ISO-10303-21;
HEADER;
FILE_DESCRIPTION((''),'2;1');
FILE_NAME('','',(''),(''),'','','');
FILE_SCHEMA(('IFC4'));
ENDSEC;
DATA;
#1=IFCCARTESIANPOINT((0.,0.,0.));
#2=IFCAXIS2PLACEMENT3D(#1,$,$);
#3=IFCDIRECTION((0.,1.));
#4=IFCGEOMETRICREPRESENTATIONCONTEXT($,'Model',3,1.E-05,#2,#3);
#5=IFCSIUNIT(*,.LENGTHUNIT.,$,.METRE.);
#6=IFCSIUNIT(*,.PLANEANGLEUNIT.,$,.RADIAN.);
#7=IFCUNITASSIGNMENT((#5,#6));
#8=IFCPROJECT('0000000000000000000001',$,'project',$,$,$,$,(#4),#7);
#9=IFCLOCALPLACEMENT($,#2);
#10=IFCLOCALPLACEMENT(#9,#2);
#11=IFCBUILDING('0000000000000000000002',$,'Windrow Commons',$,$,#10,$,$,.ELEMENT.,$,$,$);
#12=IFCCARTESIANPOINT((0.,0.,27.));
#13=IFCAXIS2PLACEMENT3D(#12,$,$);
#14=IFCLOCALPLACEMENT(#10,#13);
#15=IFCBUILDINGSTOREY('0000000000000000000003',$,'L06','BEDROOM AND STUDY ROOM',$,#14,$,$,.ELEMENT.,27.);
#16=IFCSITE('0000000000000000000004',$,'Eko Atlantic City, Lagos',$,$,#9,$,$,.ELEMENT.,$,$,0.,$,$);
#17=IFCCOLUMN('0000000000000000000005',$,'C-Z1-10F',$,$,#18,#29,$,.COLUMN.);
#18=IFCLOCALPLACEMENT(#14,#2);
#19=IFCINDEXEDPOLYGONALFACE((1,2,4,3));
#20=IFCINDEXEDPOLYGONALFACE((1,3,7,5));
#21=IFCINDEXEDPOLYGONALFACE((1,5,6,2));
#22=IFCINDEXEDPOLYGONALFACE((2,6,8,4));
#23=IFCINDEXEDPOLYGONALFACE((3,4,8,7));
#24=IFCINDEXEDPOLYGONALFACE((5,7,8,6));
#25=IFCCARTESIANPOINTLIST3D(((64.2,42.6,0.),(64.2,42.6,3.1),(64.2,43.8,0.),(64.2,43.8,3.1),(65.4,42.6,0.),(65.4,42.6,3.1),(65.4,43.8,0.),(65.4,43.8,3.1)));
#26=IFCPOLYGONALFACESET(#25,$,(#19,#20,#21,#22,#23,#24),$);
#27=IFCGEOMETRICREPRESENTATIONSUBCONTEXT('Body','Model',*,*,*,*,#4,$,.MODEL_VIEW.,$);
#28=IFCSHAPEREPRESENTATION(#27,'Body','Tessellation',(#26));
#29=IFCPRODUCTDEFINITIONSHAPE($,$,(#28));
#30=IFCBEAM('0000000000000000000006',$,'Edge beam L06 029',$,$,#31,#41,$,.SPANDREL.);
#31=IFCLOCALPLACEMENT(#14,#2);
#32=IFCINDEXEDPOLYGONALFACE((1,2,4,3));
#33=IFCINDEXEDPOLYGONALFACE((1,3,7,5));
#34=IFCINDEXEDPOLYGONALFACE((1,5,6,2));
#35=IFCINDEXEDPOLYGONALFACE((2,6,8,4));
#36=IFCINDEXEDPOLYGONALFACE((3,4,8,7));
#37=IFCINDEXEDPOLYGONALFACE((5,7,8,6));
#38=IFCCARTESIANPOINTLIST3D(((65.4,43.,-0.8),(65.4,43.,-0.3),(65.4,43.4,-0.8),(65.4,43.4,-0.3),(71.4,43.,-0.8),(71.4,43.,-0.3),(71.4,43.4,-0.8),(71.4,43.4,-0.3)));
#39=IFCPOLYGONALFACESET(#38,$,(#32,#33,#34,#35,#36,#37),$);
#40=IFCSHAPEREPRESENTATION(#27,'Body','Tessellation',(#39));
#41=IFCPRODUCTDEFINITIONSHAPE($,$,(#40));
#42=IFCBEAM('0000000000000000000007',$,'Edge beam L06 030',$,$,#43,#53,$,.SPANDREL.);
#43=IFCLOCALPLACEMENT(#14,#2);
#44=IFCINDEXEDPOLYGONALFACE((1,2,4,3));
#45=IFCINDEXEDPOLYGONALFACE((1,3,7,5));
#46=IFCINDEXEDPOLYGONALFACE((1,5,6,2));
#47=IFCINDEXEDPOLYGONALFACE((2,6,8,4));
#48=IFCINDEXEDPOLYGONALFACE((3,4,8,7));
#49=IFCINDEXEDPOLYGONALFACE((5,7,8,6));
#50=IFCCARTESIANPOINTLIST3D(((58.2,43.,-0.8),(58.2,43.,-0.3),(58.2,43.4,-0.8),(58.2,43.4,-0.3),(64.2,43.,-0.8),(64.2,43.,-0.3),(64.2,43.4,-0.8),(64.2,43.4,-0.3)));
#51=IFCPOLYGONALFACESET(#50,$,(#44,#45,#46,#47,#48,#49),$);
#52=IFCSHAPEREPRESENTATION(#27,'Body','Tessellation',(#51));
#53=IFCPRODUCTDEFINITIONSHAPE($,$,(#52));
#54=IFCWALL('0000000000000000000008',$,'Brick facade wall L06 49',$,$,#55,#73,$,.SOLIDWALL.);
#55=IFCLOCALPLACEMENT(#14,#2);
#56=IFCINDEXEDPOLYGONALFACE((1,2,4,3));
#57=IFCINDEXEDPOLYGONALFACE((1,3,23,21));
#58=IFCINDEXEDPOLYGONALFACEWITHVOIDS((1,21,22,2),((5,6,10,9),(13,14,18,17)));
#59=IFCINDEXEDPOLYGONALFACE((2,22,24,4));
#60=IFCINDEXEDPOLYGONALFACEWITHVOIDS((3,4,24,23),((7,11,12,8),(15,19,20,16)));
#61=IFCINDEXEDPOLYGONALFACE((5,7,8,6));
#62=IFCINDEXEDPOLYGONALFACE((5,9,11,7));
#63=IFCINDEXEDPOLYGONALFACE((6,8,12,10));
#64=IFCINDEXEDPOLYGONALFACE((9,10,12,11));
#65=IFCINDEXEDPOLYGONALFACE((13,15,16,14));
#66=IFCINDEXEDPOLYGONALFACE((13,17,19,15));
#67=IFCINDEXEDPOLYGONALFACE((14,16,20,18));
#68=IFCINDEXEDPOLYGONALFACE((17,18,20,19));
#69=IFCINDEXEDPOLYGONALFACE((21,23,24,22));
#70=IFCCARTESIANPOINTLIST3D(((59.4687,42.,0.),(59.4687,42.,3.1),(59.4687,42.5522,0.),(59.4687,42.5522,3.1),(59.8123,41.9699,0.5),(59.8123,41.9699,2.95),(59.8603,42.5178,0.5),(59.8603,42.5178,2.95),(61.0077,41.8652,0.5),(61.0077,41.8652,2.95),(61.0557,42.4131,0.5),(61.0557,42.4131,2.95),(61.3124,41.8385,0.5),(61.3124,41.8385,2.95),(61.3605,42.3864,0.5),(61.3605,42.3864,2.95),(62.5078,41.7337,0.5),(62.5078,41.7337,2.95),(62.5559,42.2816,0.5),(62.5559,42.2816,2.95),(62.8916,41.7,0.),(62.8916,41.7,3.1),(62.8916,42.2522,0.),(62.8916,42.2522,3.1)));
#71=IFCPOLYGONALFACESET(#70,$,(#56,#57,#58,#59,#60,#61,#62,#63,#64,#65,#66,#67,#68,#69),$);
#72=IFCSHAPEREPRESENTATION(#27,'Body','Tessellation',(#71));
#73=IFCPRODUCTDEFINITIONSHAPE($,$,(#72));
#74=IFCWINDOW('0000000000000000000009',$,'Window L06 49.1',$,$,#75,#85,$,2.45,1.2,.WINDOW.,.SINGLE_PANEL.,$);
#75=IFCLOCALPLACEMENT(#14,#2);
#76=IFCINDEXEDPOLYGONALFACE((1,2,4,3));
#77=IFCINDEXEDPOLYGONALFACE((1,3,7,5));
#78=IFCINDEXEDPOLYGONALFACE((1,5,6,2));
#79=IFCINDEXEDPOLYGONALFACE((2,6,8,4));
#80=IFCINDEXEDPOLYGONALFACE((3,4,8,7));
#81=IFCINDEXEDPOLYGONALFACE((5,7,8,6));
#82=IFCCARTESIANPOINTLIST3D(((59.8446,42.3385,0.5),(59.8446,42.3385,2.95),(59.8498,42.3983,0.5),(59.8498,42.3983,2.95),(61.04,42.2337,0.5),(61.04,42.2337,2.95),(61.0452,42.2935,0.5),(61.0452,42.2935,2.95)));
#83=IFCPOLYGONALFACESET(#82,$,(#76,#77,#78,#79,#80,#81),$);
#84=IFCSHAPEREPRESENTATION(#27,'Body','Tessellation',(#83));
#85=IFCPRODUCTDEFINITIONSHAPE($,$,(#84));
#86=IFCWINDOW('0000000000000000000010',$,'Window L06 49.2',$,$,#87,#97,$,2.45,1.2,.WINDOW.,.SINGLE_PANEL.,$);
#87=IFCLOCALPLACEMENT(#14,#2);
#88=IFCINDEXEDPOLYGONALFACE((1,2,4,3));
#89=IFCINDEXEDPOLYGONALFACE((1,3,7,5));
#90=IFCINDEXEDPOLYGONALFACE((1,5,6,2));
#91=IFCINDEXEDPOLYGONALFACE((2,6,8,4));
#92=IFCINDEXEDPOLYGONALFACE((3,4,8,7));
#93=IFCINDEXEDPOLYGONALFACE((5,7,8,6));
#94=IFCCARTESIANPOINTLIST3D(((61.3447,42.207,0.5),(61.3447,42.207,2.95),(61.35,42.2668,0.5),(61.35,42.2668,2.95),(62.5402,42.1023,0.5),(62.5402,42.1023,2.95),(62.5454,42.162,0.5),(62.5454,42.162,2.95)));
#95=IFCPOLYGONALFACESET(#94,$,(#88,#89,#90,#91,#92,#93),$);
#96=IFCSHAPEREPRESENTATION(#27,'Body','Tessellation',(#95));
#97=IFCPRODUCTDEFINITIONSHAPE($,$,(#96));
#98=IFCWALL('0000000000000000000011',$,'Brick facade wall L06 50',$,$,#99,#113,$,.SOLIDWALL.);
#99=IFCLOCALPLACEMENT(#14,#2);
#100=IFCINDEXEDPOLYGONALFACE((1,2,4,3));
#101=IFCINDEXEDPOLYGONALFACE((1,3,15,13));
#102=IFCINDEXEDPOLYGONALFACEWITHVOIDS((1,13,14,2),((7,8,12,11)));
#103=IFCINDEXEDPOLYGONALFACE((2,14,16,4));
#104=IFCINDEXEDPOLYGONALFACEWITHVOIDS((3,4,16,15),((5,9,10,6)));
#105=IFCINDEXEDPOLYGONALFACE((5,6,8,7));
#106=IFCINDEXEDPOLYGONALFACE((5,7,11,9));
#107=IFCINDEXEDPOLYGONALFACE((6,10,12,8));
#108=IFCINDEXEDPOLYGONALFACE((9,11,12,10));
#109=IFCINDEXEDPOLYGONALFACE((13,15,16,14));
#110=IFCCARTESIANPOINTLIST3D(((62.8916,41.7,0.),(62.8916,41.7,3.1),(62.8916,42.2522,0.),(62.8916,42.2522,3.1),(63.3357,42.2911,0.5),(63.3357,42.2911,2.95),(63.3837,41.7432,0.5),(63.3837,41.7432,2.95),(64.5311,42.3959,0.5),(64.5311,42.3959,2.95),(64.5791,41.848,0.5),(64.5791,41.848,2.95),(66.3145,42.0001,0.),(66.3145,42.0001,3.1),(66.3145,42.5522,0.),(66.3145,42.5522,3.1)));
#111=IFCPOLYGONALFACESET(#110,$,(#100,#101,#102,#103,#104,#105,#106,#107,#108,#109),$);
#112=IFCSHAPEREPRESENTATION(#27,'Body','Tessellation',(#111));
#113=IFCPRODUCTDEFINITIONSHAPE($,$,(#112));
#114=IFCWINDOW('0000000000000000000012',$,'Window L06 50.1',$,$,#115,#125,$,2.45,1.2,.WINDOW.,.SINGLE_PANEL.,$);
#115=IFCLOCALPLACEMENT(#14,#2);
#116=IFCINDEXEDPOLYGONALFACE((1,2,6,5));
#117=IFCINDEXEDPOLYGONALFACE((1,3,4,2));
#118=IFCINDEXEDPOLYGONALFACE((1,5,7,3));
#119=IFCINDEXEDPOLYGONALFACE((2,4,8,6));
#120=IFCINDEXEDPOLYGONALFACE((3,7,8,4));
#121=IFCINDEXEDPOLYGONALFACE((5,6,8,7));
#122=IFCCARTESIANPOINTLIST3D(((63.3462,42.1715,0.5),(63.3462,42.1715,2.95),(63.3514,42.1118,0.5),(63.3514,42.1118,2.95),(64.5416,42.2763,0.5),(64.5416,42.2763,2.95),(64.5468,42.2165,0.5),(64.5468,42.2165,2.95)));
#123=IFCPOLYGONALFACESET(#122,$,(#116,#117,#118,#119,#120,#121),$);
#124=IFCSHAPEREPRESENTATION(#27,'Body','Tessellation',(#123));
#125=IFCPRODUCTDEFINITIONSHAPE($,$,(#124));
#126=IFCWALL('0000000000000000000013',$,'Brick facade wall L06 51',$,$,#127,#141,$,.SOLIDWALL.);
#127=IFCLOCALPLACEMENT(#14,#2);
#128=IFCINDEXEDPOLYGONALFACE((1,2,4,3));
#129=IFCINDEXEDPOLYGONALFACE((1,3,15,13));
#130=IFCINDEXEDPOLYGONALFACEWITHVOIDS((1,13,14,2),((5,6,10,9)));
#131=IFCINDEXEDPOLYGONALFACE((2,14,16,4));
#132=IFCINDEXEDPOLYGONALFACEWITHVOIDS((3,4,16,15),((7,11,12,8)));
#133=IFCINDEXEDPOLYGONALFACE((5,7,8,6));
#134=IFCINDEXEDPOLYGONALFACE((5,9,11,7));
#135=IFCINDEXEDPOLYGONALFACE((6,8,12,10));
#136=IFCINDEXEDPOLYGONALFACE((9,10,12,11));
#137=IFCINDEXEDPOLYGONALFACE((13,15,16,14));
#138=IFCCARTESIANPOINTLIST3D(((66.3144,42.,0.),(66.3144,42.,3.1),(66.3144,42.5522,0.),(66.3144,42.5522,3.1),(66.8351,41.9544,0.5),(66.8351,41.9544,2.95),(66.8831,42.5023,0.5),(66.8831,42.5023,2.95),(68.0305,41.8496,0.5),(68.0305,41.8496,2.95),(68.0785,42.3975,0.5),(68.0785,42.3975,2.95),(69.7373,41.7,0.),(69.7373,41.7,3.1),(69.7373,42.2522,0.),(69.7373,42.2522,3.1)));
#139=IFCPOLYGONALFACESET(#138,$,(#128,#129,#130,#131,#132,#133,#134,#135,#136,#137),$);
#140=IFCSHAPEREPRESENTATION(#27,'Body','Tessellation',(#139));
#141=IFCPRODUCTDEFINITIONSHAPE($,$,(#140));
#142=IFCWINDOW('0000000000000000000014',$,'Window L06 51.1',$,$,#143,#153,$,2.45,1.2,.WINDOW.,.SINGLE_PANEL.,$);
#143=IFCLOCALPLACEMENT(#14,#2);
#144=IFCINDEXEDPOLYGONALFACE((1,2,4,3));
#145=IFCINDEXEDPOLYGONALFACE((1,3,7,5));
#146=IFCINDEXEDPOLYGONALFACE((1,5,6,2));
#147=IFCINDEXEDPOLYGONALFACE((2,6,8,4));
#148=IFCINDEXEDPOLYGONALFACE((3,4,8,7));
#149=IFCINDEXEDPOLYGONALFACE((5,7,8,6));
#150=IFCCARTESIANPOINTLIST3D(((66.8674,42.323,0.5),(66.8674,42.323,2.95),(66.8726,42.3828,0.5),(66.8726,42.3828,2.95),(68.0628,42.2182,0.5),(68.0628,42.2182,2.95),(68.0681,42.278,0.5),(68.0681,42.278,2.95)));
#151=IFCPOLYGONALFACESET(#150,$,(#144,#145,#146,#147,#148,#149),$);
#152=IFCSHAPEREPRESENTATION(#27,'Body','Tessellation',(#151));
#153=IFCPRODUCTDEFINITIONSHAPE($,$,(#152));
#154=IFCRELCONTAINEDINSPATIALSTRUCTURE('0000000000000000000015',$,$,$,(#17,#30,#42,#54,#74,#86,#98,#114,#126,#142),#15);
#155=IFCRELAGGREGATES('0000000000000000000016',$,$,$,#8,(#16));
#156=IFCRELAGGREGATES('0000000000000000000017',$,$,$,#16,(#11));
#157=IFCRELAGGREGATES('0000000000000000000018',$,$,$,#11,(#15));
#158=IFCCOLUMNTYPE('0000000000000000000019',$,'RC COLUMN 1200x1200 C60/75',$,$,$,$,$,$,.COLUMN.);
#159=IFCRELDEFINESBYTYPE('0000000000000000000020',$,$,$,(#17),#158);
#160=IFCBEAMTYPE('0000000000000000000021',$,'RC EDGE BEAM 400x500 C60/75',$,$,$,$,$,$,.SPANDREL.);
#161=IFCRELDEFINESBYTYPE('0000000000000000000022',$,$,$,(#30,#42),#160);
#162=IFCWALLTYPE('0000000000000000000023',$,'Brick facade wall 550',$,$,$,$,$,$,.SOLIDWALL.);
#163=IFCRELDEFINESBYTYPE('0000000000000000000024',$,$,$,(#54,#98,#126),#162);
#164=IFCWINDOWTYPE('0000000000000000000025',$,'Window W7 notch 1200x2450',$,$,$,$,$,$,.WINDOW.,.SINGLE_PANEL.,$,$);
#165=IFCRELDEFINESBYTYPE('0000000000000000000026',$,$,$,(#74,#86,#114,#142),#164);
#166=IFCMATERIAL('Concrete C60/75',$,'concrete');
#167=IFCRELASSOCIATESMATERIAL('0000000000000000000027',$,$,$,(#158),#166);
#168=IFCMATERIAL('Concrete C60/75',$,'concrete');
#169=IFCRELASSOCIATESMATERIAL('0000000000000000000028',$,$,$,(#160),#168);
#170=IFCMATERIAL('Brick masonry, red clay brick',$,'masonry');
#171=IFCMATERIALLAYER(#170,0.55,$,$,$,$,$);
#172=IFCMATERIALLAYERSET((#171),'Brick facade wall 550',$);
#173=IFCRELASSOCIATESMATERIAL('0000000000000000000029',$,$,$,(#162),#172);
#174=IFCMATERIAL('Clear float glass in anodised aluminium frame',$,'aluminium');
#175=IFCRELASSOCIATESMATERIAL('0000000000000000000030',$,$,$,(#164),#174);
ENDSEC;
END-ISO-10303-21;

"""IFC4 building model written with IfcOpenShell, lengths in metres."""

from ifc_helpers import new_model, si_unit, direction, frame, frame_2d, origin, origin_2d, place, context, subcontext, project, spatial, polyline, rectangle, outline, extrude, material, layer, layer_set, material_profile, profile_set, type_object, element, fill, save


model = new_model("IFC4")

# Units and contexts
model_context = context("Model", 3, precision=1e-05, world=origin(), true_north=direction((0.0, 1.0)))
body_context = subcontext(model_context, "Body", "Model", "MODEL_VIEW")
ifc_project = project(units=[si_unit("LENGTHUNIT", "METRE"), si_unit("PLANEANGLEUNIT", "RADIAN")], contexts=[model_context])

# Site, building, storey
site_placement = place(None, origin())
site = spatial("IfcSite", under=ifc_project, at=site_placement, Name="Eko Atlantic City, Lagos", CompositionType="ELEMENT", RefElevation=0.0)
building_placement = place(site_placement, origin())
building = spatial("IfcBuilding", under=site, at=building_placement, Name="Windrow Commons", CompositionType="ELEMENT")
storey_placement = place(building_placement, frame((0.0, 0.0, 27.0)))
storey = spatial("IfcBuildingStorey", under=building, at=storey_placement, Name="L06", Description="BEDROOM AND STUDY ROOM", CompositionType="ELEMENT", Elevation=27.0)

# Column
ifc_material_1 = material(Name="Concrete C60/75", Category="concrete")
ifc_material_profile_1 = material_profile(ifc_material_1, rectangle(XDim=1.2, YDim=1.2, at=origin_2d()))
ifc_profile_set_1 = profile_set([ifc_material_profile_1], Name="Concrete C60/75")
column_type = type_object("IfcColumnType", Name="RC COLUMN 1200x1200 C60/75", PredefinedType="COLUMN", material=ifc_profile_set_1)
column_placement = place(storey_placement, frame((64.8, 43.2, 0.0), z_axis=(0.0, 0.0, 1.0), x_axis=(1.0, 0.0, 0.0)))
element("IfcColumn", 1, at=column_placement, inside=storey, type_object=column_type, Name="C-Z1-10F", PredefinedType="COLUMN", context=body_context, shape_type="SweptSolid", body=[
    extrude(rectangle(XDim=1.2, YDim=1.2, at=origin_2d()), origin(), (0.0, 0.0, 1.0), 3.1),
])

# Beams
ifc_material_2 = material(Name="Concrete C60/75", Category="concrete")
ifc_material_profile_2 = material_profile(ifc_material_2, rectangle(XDim=0.4, YDim=0.5, at=origin_2d()))
ifc_profile_set_2 = profile_set([ifc_material_profile_2], Name="Concrete C60/75")
beam_type = type_object("IfcBeamType", Name="RC EDGE BEAM 400x500 C60/75", PredefinedType="SPANDREL", material=ifc_profile_set_2)
for number, where, z_axis, x_axis, name in (
    (2, (71.4, 43.2, -0.55), (-1.0, 0.0, 0.0), (0.0, -1.0, 0.0), "Edge beam L06 029"),
    (3, (64.2, 43.2, -0.55), (-1.0, 0.0, 0.0), (0.0, -1.0, 0.0), "Edge beam L06 030"),
):
    element("IfcBeam", number, at=place(storey_placement, frame(where, z_axis=z_axis, x_axis=x_axis)), inside=storey, type_object=beam_type, Name=name, PredefinedType="SPANDREL", context=body_context, shape_type="SweptSolid", body=[
        extrude(rectangle(XDim=0.4, YDim=0.5, at=origin_2d()), origin(), (0.0, 0.0, 1.0), 6.0),
    ])

# Wall, openings, windows
ifc_material_3 = material(Name="Brick masonry, red clay brick", Category="masonry")
ifc_layer_1 = layer(ifc_material_3, 0.55)
ifc_layer_set_1 = layer_set([ifc_layer_1], Name="Brick facade wall 550")
wall_type_1 = type_object("IfcWallType", Name="Brick facade wall 550", PredefinedType="SOLIDWALL", material=ifc_layer_set_1)
wall_1_placement = place(storey_placement, frame((59.4687, 42.2761, 0.0), z_axis=(0.0, 0.0, 1.0), x_axis=(0.996181, -0.08731, 0.0)))
wall_1 = element("IfcWall", 4, at=wall_1_placement, inside=storey, type_object=wall_type_1, Name="Brick facade wall L06 49", PredefinedType="SOLIDWALL", context=body_context, shape_type="SweptSolid", body=[
    extrude(outline(polyline([(0.0241, -0.275), (3.4601, -0.275), (3.4119, 0.275), (-0.0241, 0.275), (0.0241, -0.275)])), origin(), (0.0, 0.0, 1.0), 3.1),
])
opening_1_placement = place(wall_1_placement, frame((0.369, 0.0, 0.5)))
opening_1 = element("IfcOpeningElement", 5, at=opening_1_placement, cuts=wall_1, PredefinedType="OPENING", context=body_context, shape_type="SweptSolid", body=[
    extrude(rectangle(XDim=1.2, YDim=2.45, at=frame_2d((0.6, 1.225))), frame((0.0, 0.285, 0.0), z_axis=(0.0, -1.0, 0.0), x_axis=(1.0, 0.0, 0.0)), (0.0, 0.0, 1.0), 0.57),
])
opening_2_placement = place(wall_1_placement, frame((1.8749, 0.0, 0.5)))
opening_2 = element("IfcOpeningElement", 6, at=opening_2_placement, cuts=wall_1, PredefinedType="OPENING", context=body_context, shape_type="SweptSolid", body=[
    extrude(rectangle(XDim=1.2, YDim=2.45, at=frame_2d((0.6, 1.225))), frame((0.0, 0.285, 0.0), z_axis=(0.0, -1.0, 0.0), x_axis=(1.0, 0.0, 0.0)), (0.0, 0.0, 1.0), 0.57),
])
ifc_material_4 = material(Name="Clear float glass in anodised aluminium frame", Category="aluminium")
window_type = type_object("IfcWindowType", Name="Window W7 notch 1200x2450", PartitioningType="SINGLE_PANEL", PredefinedType="WINDOW", material=ifc_material_4)
window_1_placement = place(opening_1_placement, origin())
window_1 = element("IfcWindow", 7, at=window_1_placement, inside=storey, type_object=window_type, Name="Window L06 49.1", OverallHeight=2.45, OverallWidth=1.2, PartitioningType="SINGLE_PANEL", PredefinedType="WINDOW", context=body_context, shape_type="SweptSolid", body=[
    extrude(rectangle(XDim=1.2, YDim=2.45, at=frame_2d((0.6, 1.225))), frame((0.0, 0.155, 0.0), z_axis=(0.0, -1.0, 0.0), x_axis=(1.0, 0.0, 0.0)), (0.0, 0.0, 1.0), 0.06),
])
fill(opening_1, window_1)
window_2_placement = place(opening_2_placement, origin())
window_2 = element("IfcWindow", 8, at=window_2_placement, inside=storey, type_object=window_type, Name="Window L06 49.2", OverallHeight=2.45, OverallWidth=1.2, PartitioningType="SINGLE_PANEL", PredefinedType="WINDOW", context=body_context, shape_type="SweptSolid", body=[
    extrude(rectangle(XDim=1.2, YDim=2.45, at=frame_2d((0.6, 1.225))), frame((0.0, 0.155, 0.0), z_axis=(0.0, -1.0, 0.0), x_axis=(1.0, 0.0, 0.0)), (0.0, 0.0, 1.0), 0.06),
])
fill(opening_2, window_2)

# Walls, openings, windows
wall_2_placement = place(storey_placement, frame((62.8916, 41.9761, 0.0), z_axis=(0.0, 0.0, 1.0), x_axis=(0.996181, 0.087313, 0.0)))
wall_2 = element("IfcWall", 9, at=wall_2_placement, inside=storey, type_object=wall_type_1, Name="Brick facade wall L06 50", PredefinedType="SOLIDWALL", context=body_context, shape_type="SweptSolid", body=[
    extrude(outline(polyline([(-0.0241, -0.275), (3.4119, -0.275), (3.4601, 0.275), (0.0241, 0.275), (-0.0241, -0.275)])), origin(), (0.0, 0.0, 1.0), 3.1),
])
opening_3_placement = place(wall_2_placement, frame((0.4699, 0.0, 0.5)))
opening_3 = element("IfcOpeningElement", 10, at=opening_3_placement, cuts=wall_2, PredefinedType="OPENING", context=body_context, shape_type="SweptSolid", body=[
    extrude(rectangle(XDim=1.2, YDim=2.45, at=frame_2d((0.6, 1.225))), frame((0.0, 0.285, 0.0), z_axis=(0.0, -1.0, 0.0), x_axis=(1.0, 0.0, 0.0)), (0.0, 0.0, 1.0), 0.57),
])
window_3_placement = place(opening_3_placement, origin())
window_3 = element("IfcWindow", 11, at=window_3_placement, inside=storey, type_object=window_type, Name="Window L06 50.1", OverallHeight=2.45, OverallWidth=1.2, PartitioningType="SINGLE_PANEL", PredefinedType="WINDOW", context=body_context, shape_type="SweptSolid", body=[
    extrude(rectangle(XDim=1.2, YDim=2.45, at=frame_2d((0.6, 1.225))), frame((0.0, 0.155, 0.0), z_axis=(0.0, -1.0, 0.0), x_axis=(1.0, 0.0, 0.0)), (0.0, 0.0, 1.0), 0.06),
])
fill(opening_3, window_3)
wall_3_placement = place(storey_placement, frame((66.3144, 42.2761, 0.0), z_axis=(0.0, 0.0, 1.0), x_axis=(0.996181, -0.08731, 0.0)))
wall_3 = element("IfcWall", 12, at=wall_3_placement, inside=storey, type_object=wall_type_1, Name="Brick facade wall L06 51", PredefinedType="SOLIDWALL", context=body_context, shape_type="SweptSolid", body=[
    extrude(outline(polyline([(0.0241, -0.275), (3.4601, -0.275), (3.4119, 0.275), (-0.0241, 0.275), (0.0241, -0.275)])), origin(), (0.0, 0.0, 1.0), 3.1),
])
opening_4_placement = place(wall_3_placement, frame((0.5468, 0.0, 0.5)))
opening_4 = element("IfcOpeningElement", 13, at=opening_4_placement, cuts=wall_3, PredefinedType="OPENING", context=body_context, shape_type="SweptSolid", body=[
    extrude(rectangle(XDim=1.2, YDim=2.45, at=frame_2d((0.6, 1.225))), frame((0.0, 0.285, 0.0), z_axis=(0.0, -1.0, 0.0), x_axis=(1.0, 0.0, 0.0)), (0.0, 0.0, 1.0), 0.57),
])
window_4_placement = place(opening_4_placement, origin())
window_4 = element("IfcWindow", 14, at=window_4_placement, inside=storey, type_object=window_type, Name="Window L06 51.1", OverallHeight=2.45, OverallWidth=1.2, PartitioningType="SINGLE_PANEL", PredefinedType="WINDOW", context=body_context, shape_type="SweptSolid", body=[
    extrude(rectangle(XDim=1.2, YDim=2.45, at=frame_2d((0.6, 1.225))), frame((0.0, 0.155, 0.0), z_axis=(0.0, -1.0, 0.0), x_axis=(1.0, 0.0, 0.0)), (0.0, 0.0, 1.0), 0.06),
])
fill(opening_4, window_4)

save(model, "model.ifc")
